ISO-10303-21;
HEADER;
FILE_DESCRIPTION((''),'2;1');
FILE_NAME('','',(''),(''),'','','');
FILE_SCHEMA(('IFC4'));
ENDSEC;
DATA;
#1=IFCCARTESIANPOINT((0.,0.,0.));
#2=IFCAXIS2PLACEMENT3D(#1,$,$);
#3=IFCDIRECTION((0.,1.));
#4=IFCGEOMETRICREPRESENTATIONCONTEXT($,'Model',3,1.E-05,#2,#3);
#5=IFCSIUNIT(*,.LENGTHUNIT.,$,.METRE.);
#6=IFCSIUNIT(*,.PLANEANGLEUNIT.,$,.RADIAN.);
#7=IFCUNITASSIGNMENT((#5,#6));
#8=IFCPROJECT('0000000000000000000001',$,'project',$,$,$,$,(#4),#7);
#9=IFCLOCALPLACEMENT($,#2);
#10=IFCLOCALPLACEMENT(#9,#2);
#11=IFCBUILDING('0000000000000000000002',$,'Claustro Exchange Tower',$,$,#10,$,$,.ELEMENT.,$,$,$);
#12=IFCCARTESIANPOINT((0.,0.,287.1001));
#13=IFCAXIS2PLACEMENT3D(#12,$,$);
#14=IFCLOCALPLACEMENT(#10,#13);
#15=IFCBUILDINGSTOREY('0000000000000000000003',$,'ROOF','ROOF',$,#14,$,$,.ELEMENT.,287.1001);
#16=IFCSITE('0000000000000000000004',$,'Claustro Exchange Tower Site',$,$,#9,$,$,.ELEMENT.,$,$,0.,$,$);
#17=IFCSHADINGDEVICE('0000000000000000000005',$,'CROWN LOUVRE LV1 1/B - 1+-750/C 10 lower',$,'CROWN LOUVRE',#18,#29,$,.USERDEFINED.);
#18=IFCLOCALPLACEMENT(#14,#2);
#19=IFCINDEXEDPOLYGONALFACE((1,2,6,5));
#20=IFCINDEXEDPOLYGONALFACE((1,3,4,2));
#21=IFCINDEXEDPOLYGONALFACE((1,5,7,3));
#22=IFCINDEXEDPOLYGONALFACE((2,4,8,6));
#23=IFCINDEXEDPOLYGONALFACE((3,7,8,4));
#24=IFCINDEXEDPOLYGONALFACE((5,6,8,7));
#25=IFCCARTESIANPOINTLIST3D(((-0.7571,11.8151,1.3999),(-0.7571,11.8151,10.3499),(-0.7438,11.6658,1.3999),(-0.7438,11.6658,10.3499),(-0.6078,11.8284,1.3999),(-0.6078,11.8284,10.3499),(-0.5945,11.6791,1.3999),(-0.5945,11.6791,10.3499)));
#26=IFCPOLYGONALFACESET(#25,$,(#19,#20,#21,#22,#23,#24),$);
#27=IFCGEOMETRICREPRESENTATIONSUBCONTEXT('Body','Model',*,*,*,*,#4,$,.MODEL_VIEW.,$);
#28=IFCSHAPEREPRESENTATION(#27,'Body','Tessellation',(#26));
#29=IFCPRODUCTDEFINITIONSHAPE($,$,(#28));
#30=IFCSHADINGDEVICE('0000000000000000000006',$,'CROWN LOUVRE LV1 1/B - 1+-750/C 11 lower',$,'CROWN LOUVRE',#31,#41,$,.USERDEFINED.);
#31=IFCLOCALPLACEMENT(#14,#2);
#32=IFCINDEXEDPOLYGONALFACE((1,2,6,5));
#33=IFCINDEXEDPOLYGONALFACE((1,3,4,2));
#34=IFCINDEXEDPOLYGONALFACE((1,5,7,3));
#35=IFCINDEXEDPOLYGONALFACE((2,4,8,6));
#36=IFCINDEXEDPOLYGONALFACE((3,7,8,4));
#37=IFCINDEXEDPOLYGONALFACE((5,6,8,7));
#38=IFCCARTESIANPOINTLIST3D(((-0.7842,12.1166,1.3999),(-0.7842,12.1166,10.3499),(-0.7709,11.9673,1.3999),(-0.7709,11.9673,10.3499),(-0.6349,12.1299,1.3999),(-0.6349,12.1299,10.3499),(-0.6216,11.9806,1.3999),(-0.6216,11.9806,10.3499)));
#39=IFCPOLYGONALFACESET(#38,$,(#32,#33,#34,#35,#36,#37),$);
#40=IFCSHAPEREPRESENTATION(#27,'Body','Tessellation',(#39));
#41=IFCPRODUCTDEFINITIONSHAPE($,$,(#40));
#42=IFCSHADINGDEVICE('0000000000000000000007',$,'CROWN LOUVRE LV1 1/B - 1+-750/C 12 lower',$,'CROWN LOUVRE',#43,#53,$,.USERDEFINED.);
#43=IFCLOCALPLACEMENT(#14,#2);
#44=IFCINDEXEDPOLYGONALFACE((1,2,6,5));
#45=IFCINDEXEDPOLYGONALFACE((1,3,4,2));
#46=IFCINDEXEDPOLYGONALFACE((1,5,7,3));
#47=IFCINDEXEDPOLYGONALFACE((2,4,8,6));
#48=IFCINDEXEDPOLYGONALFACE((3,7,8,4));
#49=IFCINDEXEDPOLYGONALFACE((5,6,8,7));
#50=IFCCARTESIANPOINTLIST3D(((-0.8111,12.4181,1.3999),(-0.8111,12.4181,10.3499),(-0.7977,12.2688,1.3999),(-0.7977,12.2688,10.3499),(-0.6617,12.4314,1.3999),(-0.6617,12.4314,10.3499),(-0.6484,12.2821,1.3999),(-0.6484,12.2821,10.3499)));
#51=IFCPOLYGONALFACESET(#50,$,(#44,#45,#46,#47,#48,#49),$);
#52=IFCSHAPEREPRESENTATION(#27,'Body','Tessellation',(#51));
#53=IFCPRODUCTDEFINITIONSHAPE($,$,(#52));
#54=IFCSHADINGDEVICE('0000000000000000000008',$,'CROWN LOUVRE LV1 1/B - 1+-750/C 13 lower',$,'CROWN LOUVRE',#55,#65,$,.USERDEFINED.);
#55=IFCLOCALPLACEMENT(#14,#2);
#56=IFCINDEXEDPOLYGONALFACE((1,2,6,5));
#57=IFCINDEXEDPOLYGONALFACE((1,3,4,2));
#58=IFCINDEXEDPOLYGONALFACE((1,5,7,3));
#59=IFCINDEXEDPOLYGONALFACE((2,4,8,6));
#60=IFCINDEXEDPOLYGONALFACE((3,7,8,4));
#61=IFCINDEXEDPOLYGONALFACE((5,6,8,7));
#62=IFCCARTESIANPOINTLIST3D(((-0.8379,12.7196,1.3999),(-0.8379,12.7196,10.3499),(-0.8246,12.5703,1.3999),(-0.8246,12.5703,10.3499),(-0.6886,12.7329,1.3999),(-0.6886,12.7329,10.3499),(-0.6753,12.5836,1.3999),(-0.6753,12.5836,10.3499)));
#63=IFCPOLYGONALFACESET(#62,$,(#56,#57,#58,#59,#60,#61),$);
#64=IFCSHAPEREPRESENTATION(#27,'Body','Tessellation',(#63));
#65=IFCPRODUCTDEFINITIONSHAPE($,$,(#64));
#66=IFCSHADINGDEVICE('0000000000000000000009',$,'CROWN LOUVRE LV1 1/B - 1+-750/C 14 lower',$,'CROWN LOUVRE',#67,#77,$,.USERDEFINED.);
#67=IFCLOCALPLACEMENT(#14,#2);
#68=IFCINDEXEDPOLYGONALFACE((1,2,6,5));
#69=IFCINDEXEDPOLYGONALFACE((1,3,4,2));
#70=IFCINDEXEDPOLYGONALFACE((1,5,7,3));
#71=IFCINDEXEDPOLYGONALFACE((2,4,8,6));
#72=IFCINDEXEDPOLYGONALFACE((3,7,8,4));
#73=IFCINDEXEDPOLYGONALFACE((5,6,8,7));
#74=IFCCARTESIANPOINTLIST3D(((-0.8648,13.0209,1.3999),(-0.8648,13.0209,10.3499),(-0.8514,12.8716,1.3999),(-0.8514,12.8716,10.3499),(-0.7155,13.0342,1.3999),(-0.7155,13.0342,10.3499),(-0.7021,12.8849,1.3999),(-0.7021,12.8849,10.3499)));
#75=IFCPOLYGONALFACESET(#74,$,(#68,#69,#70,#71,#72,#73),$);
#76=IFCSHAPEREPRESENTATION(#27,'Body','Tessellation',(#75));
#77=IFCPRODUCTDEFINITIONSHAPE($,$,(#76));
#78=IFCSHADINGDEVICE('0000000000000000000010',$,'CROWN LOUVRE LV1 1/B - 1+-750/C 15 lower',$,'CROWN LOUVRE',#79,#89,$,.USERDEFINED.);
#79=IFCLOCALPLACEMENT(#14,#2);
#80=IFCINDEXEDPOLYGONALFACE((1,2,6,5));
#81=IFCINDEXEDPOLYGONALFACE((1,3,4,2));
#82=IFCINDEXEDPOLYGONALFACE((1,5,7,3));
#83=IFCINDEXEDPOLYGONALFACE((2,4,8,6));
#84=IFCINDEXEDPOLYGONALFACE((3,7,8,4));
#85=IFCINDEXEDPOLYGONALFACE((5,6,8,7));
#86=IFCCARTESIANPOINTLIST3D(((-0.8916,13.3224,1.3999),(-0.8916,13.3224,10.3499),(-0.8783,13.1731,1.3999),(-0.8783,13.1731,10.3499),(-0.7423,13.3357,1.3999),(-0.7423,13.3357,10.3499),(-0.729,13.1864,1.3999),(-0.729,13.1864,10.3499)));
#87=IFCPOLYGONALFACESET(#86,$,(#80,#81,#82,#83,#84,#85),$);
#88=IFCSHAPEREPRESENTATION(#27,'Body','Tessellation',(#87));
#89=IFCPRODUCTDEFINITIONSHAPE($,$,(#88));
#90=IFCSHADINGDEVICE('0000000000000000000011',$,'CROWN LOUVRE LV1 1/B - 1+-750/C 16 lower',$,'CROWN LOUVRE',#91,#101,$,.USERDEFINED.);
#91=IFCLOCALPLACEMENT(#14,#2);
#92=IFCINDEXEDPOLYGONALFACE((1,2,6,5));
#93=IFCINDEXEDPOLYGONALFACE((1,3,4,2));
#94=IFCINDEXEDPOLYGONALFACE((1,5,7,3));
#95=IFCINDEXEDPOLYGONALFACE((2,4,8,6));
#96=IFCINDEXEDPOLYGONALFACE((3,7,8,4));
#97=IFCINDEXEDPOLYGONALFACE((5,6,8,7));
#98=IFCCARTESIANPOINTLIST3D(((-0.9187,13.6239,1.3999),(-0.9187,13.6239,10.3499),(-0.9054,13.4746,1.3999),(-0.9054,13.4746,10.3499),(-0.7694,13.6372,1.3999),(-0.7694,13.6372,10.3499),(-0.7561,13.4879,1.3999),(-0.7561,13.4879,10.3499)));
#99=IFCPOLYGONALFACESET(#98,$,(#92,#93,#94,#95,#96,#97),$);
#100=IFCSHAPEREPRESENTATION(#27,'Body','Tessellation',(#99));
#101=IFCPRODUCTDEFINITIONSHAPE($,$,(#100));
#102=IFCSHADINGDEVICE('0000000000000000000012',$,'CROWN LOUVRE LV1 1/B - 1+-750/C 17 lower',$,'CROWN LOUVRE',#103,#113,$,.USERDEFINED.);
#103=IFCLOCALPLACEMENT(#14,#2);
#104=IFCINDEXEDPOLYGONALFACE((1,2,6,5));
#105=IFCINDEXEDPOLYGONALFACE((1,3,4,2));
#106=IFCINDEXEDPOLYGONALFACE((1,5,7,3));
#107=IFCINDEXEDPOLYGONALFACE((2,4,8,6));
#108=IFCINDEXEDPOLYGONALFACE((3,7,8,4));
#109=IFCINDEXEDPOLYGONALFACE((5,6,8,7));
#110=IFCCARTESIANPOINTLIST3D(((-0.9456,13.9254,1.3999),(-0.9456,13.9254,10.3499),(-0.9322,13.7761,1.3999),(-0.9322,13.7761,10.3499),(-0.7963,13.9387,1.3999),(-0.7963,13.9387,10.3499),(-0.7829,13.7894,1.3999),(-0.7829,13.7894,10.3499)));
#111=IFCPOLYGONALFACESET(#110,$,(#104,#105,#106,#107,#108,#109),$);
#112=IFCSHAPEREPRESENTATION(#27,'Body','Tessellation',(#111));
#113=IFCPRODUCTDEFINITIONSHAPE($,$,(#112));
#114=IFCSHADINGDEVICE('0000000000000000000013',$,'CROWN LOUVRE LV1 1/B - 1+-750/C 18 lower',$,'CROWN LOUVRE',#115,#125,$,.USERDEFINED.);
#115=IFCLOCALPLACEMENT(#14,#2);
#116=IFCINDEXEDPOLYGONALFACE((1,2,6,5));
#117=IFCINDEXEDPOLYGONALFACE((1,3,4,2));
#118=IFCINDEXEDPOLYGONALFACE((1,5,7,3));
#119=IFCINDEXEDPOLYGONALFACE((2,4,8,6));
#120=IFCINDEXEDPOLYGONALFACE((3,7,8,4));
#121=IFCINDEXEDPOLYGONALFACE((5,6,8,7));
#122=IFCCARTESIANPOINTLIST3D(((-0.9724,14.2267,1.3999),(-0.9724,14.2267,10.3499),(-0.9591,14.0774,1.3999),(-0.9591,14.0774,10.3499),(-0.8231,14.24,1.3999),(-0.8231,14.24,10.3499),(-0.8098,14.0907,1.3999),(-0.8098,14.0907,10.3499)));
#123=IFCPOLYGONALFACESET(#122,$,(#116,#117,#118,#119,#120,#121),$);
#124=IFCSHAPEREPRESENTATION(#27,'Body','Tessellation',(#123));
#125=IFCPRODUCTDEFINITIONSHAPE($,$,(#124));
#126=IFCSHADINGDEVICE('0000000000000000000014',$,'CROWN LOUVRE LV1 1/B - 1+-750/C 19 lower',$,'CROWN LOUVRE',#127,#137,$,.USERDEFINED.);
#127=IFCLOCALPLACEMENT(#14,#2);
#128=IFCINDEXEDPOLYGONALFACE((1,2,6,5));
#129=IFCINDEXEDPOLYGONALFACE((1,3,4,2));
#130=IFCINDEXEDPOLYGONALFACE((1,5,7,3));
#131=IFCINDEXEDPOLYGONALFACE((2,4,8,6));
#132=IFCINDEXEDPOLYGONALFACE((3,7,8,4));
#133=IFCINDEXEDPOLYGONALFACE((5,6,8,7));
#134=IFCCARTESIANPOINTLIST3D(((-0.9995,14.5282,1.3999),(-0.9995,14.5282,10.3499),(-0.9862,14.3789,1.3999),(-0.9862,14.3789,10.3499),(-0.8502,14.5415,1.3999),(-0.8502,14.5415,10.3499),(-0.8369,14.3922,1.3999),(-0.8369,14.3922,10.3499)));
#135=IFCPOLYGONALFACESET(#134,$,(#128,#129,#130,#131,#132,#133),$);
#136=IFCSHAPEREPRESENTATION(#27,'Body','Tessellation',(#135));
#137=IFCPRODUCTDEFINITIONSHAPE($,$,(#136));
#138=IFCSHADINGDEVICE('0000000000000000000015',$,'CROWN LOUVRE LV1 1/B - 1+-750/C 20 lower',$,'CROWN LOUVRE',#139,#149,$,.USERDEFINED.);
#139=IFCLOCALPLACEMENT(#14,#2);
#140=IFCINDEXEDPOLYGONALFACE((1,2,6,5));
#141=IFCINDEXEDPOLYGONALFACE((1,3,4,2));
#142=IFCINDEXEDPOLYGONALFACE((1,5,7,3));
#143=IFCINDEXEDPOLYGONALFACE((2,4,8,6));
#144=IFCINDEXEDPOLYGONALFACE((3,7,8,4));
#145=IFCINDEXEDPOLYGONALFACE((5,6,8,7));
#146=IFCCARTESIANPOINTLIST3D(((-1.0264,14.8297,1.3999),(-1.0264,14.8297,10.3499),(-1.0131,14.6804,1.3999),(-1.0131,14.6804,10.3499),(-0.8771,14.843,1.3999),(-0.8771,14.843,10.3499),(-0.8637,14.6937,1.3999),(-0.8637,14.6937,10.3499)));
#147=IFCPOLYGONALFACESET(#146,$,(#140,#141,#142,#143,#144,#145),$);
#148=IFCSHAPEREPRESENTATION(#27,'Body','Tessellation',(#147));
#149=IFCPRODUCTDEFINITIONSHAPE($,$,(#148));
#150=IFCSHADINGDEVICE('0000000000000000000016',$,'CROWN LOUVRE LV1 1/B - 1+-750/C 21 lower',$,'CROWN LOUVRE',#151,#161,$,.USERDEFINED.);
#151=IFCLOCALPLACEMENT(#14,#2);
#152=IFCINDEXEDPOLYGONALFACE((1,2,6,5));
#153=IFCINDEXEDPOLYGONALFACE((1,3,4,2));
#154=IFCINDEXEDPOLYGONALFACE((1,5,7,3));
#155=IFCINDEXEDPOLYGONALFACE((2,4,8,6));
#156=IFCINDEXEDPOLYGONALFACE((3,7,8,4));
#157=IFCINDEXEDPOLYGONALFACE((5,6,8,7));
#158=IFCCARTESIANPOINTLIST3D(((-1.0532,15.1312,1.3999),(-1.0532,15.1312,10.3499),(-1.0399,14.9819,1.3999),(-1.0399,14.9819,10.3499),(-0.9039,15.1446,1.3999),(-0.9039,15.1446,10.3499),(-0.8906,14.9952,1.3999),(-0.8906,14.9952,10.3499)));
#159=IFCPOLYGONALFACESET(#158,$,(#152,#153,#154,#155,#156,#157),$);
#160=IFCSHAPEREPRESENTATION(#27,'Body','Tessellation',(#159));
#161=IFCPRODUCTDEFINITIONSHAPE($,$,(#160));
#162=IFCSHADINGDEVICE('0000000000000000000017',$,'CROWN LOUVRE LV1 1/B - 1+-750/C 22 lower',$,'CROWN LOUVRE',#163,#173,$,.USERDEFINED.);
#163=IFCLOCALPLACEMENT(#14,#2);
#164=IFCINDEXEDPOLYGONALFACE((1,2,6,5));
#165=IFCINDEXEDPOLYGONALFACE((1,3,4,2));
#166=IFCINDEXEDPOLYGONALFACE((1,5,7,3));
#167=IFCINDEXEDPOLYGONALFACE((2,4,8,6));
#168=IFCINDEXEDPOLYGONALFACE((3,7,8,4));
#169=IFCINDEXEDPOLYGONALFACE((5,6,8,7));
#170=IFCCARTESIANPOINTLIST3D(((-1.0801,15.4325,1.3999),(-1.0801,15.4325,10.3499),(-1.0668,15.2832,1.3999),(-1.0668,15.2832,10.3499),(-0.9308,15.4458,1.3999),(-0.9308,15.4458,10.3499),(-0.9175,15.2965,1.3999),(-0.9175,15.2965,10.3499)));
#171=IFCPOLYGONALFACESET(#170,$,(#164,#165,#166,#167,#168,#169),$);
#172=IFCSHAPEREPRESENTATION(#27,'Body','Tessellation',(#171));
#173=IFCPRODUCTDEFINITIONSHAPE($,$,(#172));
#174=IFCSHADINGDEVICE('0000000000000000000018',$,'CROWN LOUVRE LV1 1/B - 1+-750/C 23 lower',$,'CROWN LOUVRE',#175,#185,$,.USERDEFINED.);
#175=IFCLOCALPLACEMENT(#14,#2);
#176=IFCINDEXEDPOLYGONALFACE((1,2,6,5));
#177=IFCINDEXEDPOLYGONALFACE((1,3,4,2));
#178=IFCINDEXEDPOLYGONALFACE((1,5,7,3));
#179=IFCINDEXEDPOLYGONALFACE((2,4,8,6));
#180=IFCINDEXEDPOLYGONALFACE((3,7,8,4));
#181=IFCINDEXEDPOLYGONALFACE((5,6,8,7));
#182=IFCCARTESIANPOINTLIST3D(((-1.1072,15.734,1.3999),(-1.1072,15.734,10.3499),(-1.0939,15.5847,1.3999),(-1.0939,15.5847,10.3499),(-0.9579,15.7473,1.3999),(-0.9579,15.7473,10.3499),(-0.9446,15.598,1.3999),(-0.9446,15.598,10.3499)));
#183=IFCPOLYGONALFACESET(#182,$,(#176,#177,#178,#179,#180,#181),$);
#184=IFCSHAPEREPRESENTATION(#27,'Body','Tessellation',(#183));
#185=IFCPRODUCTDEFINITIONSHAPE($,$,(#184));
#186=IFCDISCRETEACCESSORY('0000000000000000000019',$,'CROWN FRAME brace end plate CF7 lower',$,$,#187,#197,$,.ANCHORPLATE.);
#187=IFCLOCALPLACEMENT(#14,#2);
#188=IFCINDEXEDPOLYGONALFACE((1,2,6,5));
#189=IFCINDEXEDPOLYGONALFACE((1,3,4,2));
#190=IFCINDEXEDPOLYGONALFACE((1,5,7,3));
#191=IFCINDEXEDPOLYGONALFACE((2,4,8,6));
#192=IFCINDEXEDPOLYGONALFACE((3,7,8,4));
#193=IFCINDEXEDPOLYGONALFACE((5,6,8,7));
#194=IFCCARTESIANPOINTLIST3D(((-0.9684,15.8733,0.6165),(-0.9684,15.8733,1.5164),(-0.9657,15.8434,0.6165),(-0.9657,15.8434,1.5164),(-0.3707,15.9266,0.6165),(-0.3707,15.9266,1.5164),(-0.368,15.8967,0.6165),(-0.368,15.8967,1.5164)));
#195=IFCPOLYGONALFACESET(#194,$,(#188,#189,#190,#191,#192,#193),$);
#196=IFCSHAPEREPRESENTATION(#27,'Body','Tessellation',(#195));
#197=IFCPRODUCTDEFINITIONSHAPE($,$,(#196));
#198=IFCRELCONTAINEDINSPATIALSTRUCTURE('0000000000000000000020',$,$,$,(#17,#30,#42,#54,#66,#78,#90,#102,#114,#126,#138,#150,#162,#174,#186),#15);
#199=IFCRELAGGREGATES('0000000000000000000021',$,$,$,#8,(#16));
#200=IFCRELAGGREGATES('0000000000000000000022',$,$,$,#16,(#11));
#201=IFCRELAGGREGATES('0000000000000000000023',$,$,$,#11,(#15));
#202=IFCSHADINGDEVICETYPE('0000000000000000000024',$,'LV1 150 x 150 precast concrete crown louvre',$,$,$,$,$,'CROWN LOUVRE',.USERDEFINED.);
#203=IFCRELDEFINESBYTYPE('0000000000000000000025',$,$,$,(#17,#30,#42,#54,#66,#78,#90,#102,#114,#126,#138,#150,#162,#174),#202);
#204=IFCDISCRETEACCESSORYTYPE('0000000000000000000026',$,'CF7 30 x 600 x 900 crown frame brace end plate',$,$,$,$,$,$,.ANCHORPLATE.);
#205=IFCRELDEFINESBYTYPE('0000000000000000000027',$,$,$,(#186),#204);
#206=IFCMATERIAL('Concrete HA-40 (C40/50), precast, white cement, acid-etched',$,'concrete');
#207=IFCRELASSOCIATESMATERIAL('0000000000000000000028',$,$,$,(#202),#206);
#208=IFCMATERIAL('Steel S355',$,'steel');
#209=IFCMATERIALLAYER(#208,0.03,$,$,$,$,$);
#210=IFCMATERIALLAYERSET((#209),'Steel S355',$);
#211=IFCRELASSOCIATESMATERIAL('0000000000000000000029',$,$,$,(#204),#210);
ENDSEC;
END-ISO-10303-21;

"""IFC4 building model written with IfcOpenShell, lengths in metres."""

from ifc_helpers import new_model, si_unit, direction, frame, origin, origin_2d, place, context, subcontext, project, spatial, rectangle, extrude, material, layer, layer_set, type_object, element, save


model = new_model("IFC4")

# Units and contexts
model_context = context("Model", 3, precision=1e-05, world=origin(), true_north=direction((0.0, 1.0)))
body_context = subcontext(model_context, "Body", "Model", "MODEL_VIEW")
ifc_project = project(units=[si_unit("LENGTHUNIT", "METRE"), si_unit("PLANEANGLEUNIT", "RADIAN")], contexts=[model_context])

# Site, building, storey
site_placement = place(None, origin())
site = spatial("IfcSite", under=ifc_project, at=site_placement, Name="Claustro Exchange Tower Site", CompositionType="ELEMENT", RefElevation=0.0)
building_placement = place(site_placement, origin())
building = spatial("IfcBuilding", under=site, at=building_placement, Name="Claustro Exchange Tower", CompositionType="ELEMENT")
storey_placement = place(building_placement, frame((0.0, 0.0, 287.1001)))
storey = spatial("IfcBuildingStorey", under=building, at=storey_placement, Name="ROOF", Description="ROOF", CompositionType="ELEMENT", Elevation=287.1001)

# Shading devices
ifc_material_1 = material(Name="Concrete HA-40 (C40/50), precast, white cement, acid-etched", Category="concrete")
shading_device_type = type_object("IfcShadingDeviceType", Name="LV1 150 x 150 precast concrete crown louvre", ElementType="CROWN LOUVRE", PredefinedType="USERDEFINED", material=ifc_material_1)
for number, where, z_axis, x_axis, name in (
    (1, (-0.6758, 11.7471, 1.3999), (0.0, 0.0, 1.0), (-0.088933, 0.996038, 0.0), "CROWN LOUVRE LV1 1/B - 1+-750/C 10 lower"),
    (2, (-0.7029, 12.0486, 1.3999), (0.0, 0.0, 1.0), (-0.088933, 0.996038, 0.0), "CROWN LOUVRE LV1 1/B - 1+-750/C 11 lower"),
    (3, (-0.7297, 12.3501, 1.3999), (0.0, 0.0, 1.0), (-0.088933, 0.996038, 0.0), "CROWN LOUVRE LV1 1/B - 1+-750/C 12 lower"),
    (4, (-0.7566, 12.6516, 1.3999), (0.0, 0.0, 1.0), (-0.088933, 0.996038, 0.0), "CROWN LOUVRE LV1 1/B - 1+-750/C 13 lower"),
    (5, (-0.7834, 12.9529, 1.3999), (0.0, 0.0, 1.0), (-0.088933, 0.996038, 0.0), "CROWN LOUVRE LV1 1/B - 1+-750/C 14 lower"),
    (6, (-0.8103, 13.2544, 1.3999), (0.0, 0.0, 1.0), (-0.088933, 0.996038, 0.0), "CROWN LOUVRE LV1 1/B - 1+-750/C 15 lower"),
    (7, (-0.8374, 13.5559, 1.3999), (0.0, 0.0, 1.0), (-0.088933, 0.996038, 0.0), "CROWN LOUVRE LV1 1/B - 1+-750/C 16 lower"),
    (8, (-0.8643, 13.8574, 1.3999), (0.0, 0.0, 1.0), (-0.088933, 0.996038, 0.0), "CROWN LOUVRE LV1 1/B - 1+-750/C 17 lower"),
    (9, (-0.8911, 14.1587, 1.3999), (0.0, 0.0, 1.0), (-0.088933, 0.996038, 0.0), "CROWN LOUVRE LV1 1/B - 1+-750/C 18 lower"),
    (10, (-0.9182, 14.4602, 1.3999), (0.0, 0.0, 1.0), (-0.088933, 0.996038, 0.0), "CROWN LOUVRE LV1 1/B - 1+-750/C 19 lower"),
    (11, (-0.9451, 14.7617, 1.3999), (0.0, 0.0, 1.0), (-0.088933, 0.996038, 0.0), "CROWN LOUVRE LV1 1/B - 1+-750/C 20 lower"),
    (12, (-0.9719, 15.0632, 1.3999), (0.0, 0.0, 1.0), (-0.088933, 0.996038, 0.0), "CROWN LOUVRE LV1 1/B - 1+-750/C 21 lower"),
    (13, (-0.9988, 15.3645, 1.3999), (0.0, 0.0, 1.0), (-0.088933, 0.996038, 0.0), "CROWN LOUVRE LV1 1/B - 1+-750/C 22 lower"),
    (14, (-1.0259, 15.666, 1.3999), (0.0, 0.0, 1.0), (-0.088933, 0.996038, 0.0), "CROWN LOUVRE LV1 1/B - 1+-750/C 23 lower"),
):
    element("IfcShadingDevice", number, at=place(storey_placement, frame(where, z_axis=z_axis, x_axis=x_axis)), inside=storey, type_object=shading_device_type, Name=name, ObjectType="CROWN LOUVRE", PredefinedType="USERDEFINED", context=body_context, shape_type="SweptSolid", body=[
        extrude(rectangle(XDim=0.1499, YDim=0.1499, at=origin_2d()), origin(), (0.0, 0.0, 1.0), 8.95),
    ])

# Discrete accessory
ifc_material_2 = material(Name="Steel S355", Category="steel")
ifc_layer_1 = layer(ifc_material_2, 0.03)
ifc_layer_set_1 = layer_set([ifc_layer_1], Name="Steel S355")
discrete_accessory_type = type_object("IfcDiscreteAccessoryType", Name="CF7 30 x 600 x 900 crown frame brace end plate", PredefinedType="ANCHORPLATE", material=ifc_layer_set_1)
discrete_accessory_placement = place(storey_placement, frame((-0.6682, 15.885, 0.6165), z_axis=(0.0, 0.0, 1.0), x_axis=(0.088933, -0.996038, 0.0)))
element("IfcDiscreteAccessory", 15, at=discrete_accessory_placement, inside=storey, type_object=discrete_accessory_type, Name="CROWN FRAME brace end plate CF7 lower", PredefinedType="ANCHORPLATE", context=body_context, shape_type="SweptSolid", body=[
    extrude(rectangle(XDim=0.03, YDim=0.6001, at=origin_2d()), origin(), (0.0, 0.0, 1.0), 0.8999),
])

save(model, "model.ifc")
